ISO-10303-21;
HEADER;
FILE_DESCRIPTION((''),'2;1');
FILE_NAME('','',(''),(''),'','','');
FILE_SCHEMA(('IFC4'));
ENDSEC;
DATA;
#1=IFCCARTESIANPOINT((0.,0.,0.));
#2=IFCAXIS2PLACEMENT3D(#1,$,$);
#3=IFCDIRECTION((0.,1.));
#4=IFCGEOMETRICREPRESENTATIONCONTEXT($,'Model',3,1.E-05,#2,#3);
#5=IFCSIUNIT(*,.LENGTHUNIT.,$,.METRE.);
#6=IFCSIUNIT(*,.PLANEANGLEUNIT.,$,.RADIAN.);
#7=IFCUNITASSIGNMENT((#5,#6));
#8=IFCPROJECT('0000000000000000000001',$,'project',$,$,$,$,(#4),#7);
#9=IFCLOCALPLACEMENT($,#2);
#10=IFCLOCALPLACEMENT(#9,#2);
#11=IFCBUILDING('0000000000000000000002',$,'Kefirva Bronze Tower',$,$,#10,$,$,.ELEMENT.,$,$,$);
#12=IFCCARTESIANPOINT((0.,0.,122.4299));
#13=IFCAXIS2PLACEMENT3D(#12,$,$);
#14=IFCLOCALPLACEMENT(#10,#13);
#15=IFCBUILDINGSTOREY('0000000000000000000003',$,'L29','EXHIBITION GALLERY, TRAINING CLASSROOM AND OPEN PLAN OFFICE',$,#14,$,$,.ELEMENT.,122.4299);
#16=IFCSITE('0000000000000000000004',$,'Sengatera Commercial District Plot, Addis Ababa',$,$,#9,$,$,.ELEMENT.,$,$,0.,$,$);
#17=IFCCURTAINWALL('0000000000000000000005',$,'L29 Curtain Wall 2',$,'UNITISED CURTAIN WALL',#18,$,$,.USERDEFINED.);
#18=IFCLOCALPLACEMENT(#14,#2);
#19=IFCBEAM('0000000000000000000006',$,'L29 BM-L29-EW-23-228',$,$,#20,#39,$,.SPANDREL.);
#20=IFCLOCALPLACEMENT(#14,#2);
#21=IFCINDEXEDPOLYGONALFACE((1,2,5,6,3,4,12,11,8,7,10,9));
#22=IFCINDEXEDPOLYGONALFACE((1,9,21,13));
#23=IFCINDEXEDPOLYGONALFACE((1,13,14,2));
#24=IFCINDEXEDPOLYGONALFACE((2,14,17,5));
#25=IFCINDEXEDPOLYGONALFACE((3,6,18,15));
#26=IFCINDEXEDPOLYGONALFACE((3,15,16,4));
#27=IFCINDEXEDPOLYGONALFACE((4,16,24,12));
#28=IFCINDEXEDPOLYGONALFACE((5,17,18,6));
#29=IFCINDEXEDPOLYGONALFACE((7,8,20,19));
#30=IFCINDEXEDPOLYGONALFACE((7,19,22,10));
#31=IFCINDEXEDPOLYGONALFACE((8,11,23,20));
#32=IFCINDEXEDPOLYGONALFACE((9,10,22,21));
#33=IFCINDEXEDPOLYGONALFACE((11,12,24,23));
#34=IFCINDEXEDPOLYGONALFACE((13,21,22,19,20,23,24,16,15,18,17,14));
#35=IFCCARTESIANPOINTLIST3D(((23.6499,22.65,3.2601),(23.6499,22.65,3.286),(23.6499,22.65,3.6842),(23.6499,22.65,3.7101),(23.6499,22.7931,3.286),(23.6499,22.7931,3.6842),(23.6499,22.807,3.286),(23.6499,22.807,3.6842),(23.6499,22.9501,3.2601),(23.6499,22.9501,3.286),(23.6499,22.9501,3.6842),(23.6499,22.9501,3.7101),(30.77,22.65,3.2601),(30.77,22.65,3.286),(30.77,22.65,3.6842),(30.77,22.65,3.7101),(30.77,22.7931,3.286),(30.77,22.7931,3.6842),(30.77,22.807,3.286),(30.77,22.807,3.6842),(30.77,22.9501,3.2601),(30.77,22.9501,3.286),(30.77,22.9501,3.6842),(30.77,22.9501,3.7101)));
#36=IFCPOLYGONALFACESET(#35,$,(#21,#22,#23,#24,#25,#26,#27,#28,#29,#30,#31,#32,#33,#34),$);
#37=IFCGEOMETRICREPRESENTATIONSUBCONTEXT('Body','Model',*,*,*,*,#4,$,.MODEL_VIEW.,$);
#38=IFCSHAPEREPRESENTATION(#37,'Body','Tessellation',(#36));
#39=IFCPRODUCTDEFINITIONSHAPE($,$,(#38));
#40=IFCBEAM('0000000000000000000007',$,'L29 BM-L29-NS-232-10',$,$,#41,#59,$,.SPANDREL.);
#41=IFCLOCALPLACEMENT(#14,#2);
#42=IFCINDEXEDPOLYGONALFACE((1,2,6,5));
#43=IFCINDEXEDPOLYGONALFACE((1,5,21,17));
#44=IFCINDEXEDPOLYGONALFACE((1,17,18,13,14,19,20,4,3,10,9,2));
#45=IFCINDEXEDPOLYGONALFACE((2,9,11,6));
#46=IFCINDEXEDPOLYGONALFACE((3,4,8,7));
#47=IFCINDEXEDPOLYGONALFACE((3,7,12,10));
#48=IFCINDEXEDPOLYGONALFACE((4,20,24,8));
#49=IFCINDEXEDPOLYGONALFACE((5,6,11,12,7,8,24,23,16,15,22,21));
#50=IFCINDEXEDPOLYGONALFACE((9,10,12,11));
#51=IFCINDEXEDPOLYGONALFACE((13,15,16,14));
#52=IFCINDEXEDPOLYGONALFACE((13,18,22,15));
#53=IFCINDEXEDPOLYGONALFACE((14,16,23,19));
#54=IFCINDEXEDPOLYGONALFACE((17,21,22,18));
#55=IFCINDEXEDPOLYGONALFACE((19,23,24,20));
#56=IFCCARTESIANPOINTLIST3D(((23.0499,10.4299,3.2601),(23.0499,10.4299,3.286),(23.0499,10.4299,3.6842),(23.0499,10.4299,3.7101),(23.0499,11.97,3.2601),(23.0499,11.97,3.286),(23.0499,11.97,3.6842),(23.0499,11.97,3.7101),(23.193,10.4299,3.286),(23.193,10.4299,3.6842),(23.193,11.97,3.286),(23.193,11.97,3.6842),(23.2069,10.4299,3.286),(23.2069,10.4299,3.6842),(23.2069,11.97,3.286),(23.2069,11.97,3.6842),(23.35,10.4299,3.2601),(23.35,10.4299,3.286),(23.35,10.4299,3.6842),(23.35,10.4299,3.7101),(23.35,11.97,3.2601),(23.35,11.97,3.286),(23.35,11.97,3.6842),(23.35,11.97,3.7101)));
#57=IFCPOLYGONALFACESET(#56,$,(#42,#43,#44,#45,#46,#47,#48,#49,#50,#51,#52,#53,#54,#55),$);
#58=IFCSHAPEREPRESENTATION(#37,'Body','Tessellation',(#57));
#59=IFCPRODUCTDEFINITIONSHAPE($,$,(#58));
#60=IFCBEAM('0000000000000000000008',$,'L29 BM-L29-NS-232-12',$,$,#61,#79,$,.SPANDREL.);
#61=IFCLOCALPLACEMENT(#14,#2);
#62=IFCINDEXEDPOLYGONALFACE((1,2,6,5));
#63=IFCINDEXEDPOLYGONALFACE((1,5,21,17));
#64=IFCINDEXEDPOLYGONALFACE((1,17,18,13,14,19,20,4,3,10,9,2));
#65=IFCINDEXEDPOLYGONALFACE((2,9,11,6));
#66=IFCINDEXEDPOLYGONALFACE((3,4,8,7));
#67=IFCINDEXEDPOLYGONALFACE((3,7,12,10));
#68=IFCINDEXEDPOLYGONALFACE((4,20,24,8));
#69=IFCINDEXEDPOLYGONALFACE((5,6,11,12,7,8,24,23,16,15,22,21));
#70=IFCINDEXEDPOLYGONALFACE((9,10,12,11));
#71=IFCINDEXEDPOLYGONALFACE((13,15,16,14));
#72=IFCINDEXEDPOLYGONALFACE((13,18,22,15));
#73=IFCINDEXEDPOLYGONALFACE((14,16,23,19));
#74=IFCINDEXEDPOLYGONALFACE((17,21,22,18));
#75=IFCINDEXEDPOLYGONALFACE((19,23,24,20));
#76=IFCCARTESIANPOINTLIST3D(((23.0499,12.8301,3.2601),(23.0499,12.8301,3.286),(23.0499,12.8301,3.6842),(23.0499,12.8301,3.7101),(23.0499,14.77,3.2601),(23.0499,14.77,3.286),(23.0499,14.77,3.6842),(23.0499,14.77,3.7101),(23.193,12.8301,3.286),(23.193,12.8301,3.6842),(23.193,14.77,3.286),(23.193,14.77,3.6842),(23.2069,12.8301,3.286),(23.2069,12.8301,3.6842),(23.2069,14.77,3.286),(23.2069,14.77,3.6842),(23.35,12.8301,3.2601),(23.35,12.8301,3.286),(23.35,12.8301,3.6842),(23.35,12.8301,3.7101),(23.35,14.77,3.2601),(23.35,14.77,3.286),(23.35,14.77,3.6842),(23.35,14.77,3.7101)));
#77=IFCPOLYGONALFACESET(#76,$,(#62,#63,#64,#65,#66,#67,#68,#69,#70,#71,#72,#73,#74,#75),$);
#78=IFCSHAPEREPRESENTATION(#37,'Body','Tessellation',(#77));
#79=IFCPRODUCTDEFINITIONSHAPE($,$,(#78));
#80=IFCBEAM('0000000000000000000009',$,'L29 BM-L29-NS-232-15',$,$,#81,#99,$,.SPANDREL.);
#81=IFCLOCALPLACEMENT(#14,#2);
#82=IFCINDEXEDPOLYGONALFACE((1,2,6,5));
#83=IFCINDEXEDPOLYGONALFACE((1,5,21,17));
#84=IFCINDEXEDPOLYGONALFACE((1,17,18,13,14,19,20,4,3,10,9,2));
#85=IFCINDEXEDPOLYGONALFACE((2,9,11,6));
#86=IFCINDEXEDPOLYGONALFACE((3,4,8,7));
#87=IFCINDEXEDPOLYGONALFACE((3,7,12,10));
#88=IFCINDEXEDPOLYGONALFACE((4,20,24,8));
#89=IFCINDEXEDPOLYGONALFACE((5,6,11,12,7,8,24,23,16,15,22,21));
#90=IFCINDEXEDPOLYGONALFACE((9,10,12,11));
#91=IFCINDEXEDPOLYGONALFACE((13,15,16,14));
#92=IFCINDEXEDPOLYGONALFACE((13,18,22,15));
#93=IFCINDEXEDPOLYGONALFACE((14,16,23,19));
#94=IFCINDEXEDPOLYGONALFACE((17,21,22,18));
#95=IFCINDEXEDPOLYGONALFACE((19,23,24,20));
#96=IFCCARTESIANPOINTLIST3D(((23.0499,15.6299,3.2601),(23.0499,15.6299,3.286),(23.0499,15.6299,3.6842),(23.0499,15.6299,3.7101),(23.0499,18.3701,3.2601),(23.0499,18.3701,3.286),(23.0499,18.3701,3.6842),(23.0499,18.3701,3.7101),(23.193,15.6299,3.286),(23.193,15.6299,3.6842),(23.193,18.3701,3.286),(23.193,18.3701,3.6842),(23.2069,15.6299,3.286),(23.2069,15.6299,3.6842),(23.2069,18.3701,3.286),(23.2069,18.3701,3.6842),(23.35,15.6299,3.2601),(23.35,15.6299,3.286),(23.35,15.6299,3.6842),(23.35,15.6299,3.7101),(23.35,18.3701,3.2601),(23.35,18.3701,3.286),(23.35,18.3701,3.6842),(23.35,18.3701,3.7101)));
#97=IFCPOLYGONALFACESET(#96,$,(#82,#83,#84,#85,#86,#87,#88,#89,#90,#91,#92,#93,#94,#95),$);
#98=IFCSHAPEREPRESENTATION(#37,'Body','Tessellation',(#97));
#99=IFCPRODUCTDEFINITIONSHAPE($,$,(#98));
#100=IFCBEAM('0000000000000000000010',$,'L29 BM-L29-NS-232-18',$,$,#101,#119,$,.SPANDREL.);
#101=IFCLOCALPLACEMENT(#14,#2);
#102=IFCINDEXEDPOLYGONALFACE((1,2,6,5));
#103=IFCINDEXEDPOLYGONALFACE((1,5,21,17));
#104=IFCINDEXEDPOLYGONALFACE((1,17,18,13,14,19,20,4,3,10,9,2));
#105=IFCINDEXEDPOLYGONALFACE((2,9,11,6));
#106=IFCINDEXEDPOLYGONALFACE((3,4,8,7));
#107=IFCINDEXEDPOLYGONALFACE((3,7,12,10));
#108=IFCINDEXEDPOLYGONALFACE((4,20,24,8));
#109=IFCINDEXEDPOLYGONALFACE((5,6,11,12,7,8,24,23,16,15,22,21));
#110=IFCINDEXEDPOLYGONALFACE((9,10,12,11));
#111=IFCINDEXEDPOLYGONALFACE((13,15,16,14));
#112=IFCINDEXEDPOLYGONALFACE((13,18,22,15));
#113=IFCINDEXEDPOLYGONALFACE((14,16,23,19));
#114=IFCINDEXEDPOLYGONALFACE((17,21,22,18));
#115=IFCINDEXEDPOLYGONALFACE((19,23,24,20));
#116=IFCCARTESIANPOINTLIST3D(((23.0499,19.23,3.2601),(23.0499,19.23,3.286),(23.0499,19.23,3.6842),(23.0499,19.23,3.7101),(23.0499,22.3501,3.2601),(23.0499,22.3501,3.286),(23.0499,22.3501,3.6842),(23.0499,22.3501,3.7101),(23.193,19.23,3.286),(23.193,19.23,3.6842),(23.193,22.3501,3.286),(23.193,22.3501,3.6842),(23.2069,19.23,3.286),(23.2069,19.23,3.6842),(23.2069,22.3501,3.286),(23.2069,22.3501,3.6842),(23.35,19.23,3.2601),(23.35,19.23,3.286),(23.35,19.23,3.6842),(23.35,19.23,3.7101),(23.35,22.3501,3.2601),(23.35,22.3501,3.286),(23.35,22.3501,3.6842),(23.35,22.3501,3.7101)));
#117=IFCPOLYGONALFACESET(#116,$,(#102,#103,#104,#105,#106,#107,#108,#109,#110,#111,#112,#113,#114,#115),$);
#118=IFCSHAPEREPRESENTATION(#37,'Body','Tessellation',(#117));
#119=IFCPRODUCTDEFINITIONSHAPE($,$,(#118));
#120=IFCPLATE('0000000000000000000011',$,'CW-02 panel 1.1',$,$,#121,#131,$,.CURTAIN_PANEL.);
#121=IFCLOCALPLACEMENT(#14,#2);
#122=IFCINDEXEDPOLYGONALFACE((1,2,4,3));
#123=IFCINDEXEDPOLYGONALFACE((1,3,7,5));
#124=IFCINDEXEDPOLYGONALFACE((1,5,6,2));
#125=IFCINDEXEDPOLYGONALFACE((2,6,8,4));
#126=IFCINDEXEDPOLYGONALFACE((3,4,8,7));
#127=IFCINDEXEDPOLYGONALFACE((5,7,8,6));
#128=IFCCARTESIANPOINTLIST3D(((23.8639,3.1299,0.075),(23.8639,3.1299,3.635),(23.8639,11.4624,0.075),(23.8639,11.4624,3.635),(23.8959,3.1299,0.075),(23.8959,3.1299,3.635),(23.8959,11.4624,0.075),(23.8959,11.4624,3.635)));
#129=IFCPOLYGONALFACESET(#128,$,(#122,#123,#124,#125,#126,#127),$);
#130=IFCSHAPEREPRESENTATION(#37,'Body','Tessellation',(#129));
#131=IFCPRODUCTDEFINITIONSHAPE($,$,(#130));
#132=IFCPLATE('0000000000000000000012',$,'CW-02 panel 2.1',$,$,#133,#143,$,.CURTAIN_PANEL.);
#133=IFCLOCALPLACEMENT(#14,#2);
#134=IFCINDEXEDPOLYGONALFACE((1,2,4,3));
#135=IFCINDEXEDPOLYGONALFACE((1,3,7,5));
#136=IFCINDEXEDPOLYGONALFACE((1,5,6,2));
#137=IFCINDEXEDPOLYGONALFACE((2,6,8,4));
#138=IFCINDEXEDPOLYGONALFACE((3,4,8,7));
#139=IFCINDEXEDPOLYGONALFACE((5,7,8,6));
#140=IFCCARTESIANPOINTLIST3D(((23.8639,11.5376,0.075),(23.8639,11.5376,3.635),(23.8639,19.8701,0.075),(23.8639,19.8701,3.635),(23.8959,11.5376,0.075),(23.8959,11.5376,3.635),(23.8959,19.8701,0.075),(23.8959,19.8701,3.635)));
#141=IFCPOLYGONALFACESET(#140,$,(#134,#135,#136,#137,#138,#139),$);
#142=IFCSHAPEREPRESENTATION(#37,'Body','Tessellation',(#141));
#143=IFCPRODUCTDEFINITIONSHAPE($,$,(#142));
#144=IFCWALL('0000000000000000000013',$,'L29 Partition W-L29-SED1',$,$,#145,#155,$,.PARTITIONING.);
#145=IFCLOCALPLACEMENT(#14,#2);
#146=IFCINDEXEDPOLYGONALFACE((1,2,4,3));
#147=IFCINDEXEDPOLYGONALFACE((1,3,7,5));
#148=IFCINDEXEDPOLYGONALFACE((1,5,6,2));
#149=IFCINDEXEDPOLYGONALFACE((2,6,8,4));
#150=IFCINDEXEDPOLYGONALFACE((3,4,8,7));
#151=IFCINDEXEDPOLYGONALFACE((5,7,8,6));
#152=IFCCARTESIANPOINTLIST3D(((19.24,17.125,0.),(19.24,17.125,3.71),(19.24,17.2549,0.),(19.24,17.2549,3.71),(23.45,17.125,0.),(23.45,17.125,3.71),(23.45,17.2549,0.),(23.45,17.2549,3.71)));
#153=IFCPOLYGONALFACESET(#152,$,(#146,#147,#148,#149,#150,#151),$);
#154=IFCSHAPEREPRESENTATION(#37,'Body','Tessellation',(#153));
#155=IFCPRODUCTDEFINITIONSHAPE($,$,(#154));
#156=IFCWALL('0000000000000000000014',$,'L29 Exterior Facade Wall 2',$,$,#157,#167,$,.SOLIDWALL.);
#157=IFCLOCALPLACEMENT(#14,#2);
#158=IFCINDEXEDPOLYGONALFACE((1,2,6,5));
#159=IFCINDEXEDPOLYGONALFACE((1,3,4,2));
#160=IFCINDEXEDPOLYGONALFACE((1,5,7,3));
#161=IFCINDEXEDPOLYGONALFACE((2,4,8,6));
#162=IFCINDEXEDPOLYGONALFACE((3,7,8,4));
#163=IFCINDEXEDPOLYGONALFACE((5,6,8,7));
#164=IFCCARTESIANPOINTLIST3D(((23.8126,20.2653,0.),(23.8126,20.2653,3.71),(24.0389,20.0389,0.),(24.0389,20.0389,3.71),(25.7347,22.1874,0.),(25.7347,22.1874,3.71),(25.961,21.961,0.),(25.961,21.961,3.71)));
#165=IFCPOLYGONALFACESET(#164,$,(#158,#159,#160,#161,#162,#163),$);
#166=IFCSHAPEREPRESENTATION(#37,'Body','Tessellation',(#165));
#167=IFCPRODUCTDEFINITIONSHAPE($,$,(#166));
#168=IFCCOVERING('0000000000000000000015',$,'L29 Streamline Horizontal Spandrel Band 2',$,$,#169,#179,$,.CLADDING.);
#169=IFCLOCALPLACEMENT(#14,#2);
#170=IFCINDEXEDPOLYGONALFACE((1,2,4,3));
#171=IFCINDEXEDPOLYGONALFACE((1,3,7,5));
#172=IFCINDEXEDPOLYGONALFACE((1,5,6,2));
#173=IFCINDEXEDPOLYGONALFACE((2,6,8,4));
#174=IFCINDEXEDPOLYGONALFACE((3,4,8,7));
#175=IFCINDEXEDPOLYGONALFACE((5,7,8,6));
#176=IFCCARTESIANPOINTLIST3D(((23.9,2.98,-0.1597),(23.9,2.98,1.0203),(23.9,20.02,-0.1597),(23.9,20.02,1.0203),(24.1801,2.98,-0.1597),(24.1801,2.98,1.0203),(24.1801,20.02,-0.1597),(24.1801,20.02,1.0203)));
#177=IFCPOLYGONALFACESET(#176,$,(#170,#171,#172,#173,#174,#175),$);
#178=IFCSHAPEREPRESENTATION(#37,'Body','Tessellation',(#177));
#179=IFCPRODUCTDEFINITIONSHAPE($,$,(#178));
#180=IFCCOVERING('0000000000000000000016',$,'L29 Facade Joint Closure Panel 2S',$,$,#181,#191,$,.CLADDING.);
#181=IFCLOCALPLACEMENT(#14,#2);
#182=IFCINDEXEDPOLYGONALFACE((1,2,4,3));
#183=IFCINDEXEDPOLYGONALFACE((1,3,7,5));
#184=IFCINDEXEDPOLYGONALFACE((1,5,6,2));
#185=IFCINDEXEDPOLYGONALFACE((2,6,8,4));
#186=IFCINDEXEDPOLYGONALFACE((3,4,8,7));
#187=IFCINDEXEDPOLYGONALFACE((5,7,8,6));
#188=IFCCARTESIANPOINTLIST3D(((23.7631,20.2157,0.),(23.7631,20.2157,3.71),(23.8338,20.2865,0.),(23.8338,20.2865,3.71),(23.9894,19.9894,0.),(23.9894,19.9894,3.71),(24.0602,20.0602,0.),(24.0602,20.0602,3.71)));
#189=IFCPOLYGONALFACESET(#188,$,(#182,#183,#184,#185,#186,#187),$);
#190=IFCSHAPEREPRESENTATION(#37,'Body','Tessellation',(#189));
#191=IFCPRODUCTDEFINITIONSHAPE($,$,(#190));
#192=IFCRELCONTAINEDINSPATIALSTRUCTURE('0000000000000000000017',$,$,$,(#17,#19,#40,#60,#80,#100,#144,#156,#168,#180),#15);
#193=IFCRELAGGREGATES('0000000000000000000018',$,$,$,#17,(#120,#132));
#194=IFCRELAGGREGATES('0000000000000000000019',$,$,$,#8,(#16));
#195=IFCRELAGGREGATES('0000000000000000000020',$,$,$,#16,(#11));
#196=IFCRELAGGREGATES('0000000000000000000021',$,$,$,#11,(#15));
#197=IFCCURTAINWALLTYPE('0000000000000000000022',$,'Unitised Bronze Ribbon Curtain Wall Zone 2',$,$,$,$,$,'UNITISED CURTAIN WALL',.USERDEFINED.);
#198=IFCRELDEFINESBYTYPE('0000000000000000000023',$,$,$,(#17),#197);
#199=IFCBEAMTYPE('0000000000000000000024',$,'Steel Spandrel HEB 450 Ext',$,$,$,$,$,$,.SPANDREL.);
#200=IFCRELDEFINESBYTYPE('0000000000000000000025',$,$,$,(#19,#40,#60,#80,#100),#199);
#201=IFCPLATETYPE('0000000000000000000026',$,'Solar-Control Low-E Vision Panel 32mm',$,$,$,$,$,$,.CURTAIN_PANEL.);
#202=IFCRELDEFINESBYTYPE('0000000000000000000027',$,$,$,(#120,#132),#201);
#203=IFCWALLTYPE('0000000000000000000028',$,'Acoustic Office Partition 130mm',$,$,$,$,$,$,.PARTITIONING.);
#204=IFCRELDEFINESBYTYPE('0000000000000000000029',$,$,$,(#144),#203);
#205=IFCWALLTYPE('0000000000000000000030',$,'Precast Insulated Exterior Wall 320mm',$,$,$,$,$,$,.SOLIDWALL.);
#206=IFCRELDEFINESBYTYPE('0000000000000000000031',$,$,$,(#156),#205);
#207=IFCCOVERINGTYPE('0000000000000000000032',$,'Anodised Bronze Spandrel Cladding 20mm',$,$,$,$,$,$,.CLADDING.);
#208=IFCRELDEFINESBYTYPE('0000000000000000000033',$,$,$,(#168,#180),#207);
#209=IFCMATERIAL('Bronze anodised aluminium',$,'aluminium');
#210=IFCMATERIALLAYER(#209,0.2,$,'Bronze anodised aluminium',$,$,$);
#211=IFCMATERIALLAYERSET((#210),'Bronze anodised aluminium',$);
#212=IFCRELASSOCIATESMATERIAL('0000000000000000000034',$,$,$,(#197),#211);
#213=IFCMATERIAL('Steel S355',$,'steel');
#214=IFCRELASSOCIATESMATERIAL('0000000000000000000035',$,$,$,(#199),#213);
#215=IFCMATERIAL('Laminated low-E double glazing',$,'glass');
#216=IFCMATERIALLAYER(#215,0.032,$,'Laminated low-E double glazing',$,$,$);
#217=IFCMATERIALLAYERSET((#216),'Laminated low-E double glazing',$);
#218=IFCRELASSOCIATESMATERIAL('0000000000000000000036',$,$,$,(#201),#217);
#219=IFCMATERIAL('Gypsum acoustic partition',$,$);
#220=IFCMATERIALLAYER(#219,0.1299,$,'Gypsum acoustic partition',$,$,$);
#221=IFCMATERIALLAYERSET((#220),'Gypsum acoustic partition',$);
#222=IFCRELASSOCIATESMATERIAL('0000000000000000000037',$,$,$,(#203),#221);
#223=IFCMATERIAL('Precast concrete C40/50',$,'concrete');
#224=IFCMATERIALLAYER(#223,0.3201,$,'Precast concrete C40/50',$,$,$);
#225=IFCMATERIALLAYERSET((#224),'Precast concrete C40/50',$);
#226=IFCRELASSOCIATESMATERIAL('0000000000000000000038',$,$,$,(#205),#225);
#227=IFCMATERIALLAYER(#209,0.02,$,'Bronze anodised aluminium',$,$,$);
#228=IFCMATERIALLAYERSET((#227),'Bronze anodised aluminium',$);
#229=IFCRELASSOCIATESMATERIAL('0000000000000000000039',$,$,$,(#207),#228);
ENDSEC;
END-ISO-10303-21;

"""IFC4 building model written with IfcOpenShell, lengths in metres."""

from ifc_helpers import new_model, si_unit, direction, frame, frame_2d, origin, origin_2d, place, context, subcontext, project, spatial, rectangle, i_section, extrude, material, layer, layer_set, material_profile, profile_set, type_object, element, aggregate, save


model = new_model("IFC4")

# Units and contexts
model_context = context("Model", 3, precision=1e-05, world=origin(), true_north=direction((0.0, 1.0)))
body_context = subcontext(model_context, "Body", "Model", "MODEL_VIEW")
ifc_project = project(units=[si_unit("LENGTHUNIT", "METRE"), si_unit("PLANEANGLEUNIT", "RADIAN")], contexts=[model_context])

# Site, building, storey
site_placement = place(None, origin())
site = spatial("IfcSite", under=ifc_project, at=site_placement, Name="Sengatera Commercial District Plot, Addis Ababa", CompositionType="ELEMENT", RefElevation=0.0)
building_placement = place(site_placement, origin())
building = spatial("IfcBuilding", under=site, at=building_placement, Name="Kefirva Bronze Tower", CompositionType="ELEMENT")
storey_placement = place(building_placement, frame((0.0, 0.0, 122.4299)))
storey = spatial("IfcBuildingStorey", under=building, at=storey_placement, Name="L29", Description="EXHIBITION GALLERY, TRAINING CLASSROOM AND OPEN PLAN OFFICE", CompositionType="ELEMENT", Elevation=122.4299)

# Curtain wall
ifc_material_1 = material(Name="Bronze anodised aluminium", Category="aluminium")
ifc_layer_1 = layer(ifc_material_1, 0.2, Name="Bronze anodised aluminium")
ifc_layer_set_1 = layer_set([ifc_layer_1], Name="Bronze anodised aluminium")
curtain_wall_type = type_object("IfcCurtainWallType", Name="Unitised Bronze Ribbon Curtain Wall Zone 2", ElementType="UNITISED CURTAIN WALL", PredefinedType="USERDEFINED", material=ifc_layer_set_1)
curtain_wall_placement = place(storey_placement, origin())
curtain_wall = element("IfcCurtainWall", 1, at=curtain_wall_placement, inside=storey, type_object=curtain_wall_type, Name="L29 Curtain Wall 2", ObjectType="UNITISED CURTAIN WALL", PredefinedType="USERDEFINED")

# Beams
ifc_material_2 = material(Name="Steel S355", Category="steel")
ifc_material_profile_1 = material_profile(ifc_material_2, i_section(OverallWidth=0.3, OverallDepth=0.45, WebThickness=0.0139, FlangeThickness=0.0259, at=origin_2d()), Name="HEB 450")
ifc_profile_set_1 = profile_set([ifc_material_profile_1], Name="Steel S355")
beam_type_1 = type_object("IfcBeamType", Name="Steel Spandrel HEB 450 Ext", PredefinedType="SPANDREL", material=ifc_profile_set_1)
beam_1_placement = place(storey_placement, frame((23.6499, 22.8, 3.4851), z_axis=(1.0, 0.0, 0.0), x_axis=(0.0, 1.0, 0.0)))
element("IfcBeam", 2, at=beam_1_placement, inside=storey, type_object=beam_type_1, Name="L29 BM-L29-EW-23-228", PredefinedType="SPANDREL", context=body_context, shape_type="SweptSolid", body=[
    extrude(i_section(OverallWidth=0.3, OverallDepth=0.45, WebThickness=0.0139, FlangeThickness=0.0259, at=origin_2d()), origin(), (0.0, 0.0, 1.0), 7.1201),
])
beam_2_placement = place(storey_placement, frame((23.2, 10.4299, 3.4851), z_axis=(0.0, 1.0, 0.0), x_axis=(-1.0, 0.0, 0.0)))
element("IfcBeam", 3, at=beam_2_placement, inside=storey, type_object=beam_type_1, Name="L29 BM-L29-NS-232-10", PredefinedType="SPANDREL", context=body_context, shape_type="SweptSolid", body=[
    extrude(i_section(OverallWidth=0.3, OverallDepth=0.45, WebThickness=0.0139, FlangeThickness=0.0259, at=origin_2d()), origin(), (0.0, 0.0, 1.0), 1.54),
])
beam_3_placement = place(storey_placement, frame((23.2, 12.8301, 3.4851), z_axis=(0.0, 1.0, 0.0), x_axis=(-1.0, 0.0, 0.0)))
element("IfcBeam", 4, at=beam_3_placement, inside=storey, type_object=beam_type_1, Name="L29 BM-L29-NS-232-12", PredefinedType="SPANDREL", context=body_context, shape_type="SweptSolid", body=[
    extrude(i_section(OverallWidth=0.3, OverallDepth=0.45, WebThickness=0.0139, FlangeThickness=0.0259, at=origin_2d()), origin(), (0.0, 0.0, 1.0), 1.9399),
])
beam_4_placement = place(storey_placement, frame((23.2, 15.6299, 3.4851), z_axis=(0.0, 1.0, 0.0), x_axis=(-1.0, 0.0, 0.0)))
element("IfcBeam", 5, at=beam_4_placement, inside=storey, type_object=beam_type_1, Name="L29 BM-L29-NS-232-15", PredefinedType="SPANDREL", context=body_context, shape_type="SweptSolid", body=[
    extrude(i_section(OverallWidth=0.3, OverallDepth=0.45, WebThickness=0.0139, FlangeThickness=0.0259, at=origin_2d()), origin(), (0.0, 0.0, 1.0), 2.7402),
])
beam_5_placement = place(storey_placement, frame((23.2, 19.23, 3.4851), z_axis=(0.0, 1.0, 0.0), x_axis=(-1.0, 0.0, 0.0)))
element("IfcBeam", 6, at=beam_5_placement, inside=storey, type_object=beam_type_1, Name="L29 BM-L29-NS-232-18", PredefinedType="SPANDREL", context=body_context, shape_type="SweptSolid", body=[
    extrude(i_section(OverallWidth=0.3, OverallDepth=0.45, WebThickness=0.0139, FlangeThickness=0.0259, at=origin_2d()), origin(), (0.0, 0.0, 1.0), 3.1201),
])

# Plates
ifc_material_3 = material(Name="Laminated low-E double glazing", Category="glass")
ifc_layer_2 = layer(ifc_material_3, 0.032, Name="Laminated low-E double glazing")
ifc_layer_set_2 = layer_set([ifc_layer_2], Name="Laminated low-E double glazing")
plate_type = type_object("IfcPlateType", Name="Solar-Control Low-E Vision Panel 32mm", PredefinedType="CURTAIN_PANEL", material=ifc_layer_set_2)
plate_1_placement = place(storey_placement, frame((23.8799, 7.2961, 0.075), z_axis=(0.0, 0.0, 1.0), x_axis=(0.0, 1.0, 0.0)))
plate_1 = element("IfcPlate", 7, at=plate_1_placement, type_object=plate_type, Name="CW-02 panel 1.1", PredefinedType="CURTAIN_PANEL", context=body_context, shape_type="SweptSolid", body=[
    extrude(rectangle(XDim=8.3325, YDim=0.032, at=origin_2d()), origin(), (0.0, 0.0, 1.0), 3.5601),
])
plate_2_placement = place(storey_placement, frame((23.8799, 15.7039, 0.075), z_axis=(0.0, 0.0, 1.0), x_axis=(0.0, 1.0, 0.0)))
plate_2 = element("IfcPlate", 8, at=plate_2_placement, type_object=plate_type, Name="CW-02 panel 2.1", PredefinedType="CURTAIN_PANEL", context=body_context, shape_type="SweptSolid", body=[
    extrude(rectangle(XDim=8.3325, YDim=0.032, at=origin_2d()), origin(), (0.0, 0.0, 1.0), 3.5601),
])
aggregate(curtain_wall, [plate_1, plate_2])

# Walls
ifc_material_4 = material(Name="Gypsum acoustic partition")
ifc_layer_3 = layer(ifc_material_4, 0.1299, Name="Gypsum acoustic partition")
ifc_layer_set_3 = layer_set([ifc_layer_3], Name="Gypsum acoustic partition")
wall_type_1 = type_object("IfcWallType", Name="Acoustic Office Partition 130mm", PredefinedType="PARTITIONING", material=ifc_layer_set_3)
wall_1_placement = place(storey_placement, frame((19.24, 17.1899, 0.0), z_axis=(0.0, 0.0, 1.0), x_axis=(1.0, 0.0, 0.0)))
element("IfcWall", 9, at=wall_1_placement, inside=storey, type_object=wall_type_1, Name="L29 Partition W-L29-SED1", PredefinedType="PARTITIONING", context=body_context, shape_type="SweptSolid", body=[
    extrude(rectangle(XDim=4.21, YDim=0.1299, at=frame_2d((2.105, 0.0))), origin(), (0.0, 0.0, 1.0), 3.71),
])
ifc_material_5 = material(Name="Precast concrete C40/50", Category="concrete")
ifc_layer_4 = layer(ifc_material_5, 0.3201, Name="Precast concrete C40/50")
ifc_layer_set_4 = layer_set([ifc_layer_4], Name="Precast concrete C40/50")
wall_type_2 = type_object("IfcWallType", Name="Precast Insulated Exterior Wall 320mm", PredefinedType="SOLIDWALL", material=ifc_layer_set_4)
wall_2_placement = place(storey_placement, frame((23.9258, 20.1521, 0.0), z_axis=(0.0, 0.0, 1.0), x_axis=(0.707107, 0.707107, 0.0)))
element("IfcWall", 10, at=wall_2_placement, inside=storey, type_object=wall_type_2, Name="L29 Exterior Facade Wall 2", PredefinedType="SOLIDWALL", context=body_context, shape_type="SweptSolid", body=[
    extrude(rectangle(XDim=2.7183, YDim=0.3201, at=frame_2d((1.3591, 0.0))), origin(), (0.0, 0.0, 1.0), 3.71),
])

# Coverings
ifc_layer_5 = layer(ifc_material_1, 0.02, Name="Bronze anodised aluminium")
ifc_layer_set_5 = layer_set([ifc_layer_5], Name="Bronze anodised aluminium")
covering_type_1 = type_object("IfcCoveringType", Name="Anodised Bronze Spandrel Cladding 20mm", PredefinedType="CLADDING", material=ifc_layer_set_5)
covering_1_placement = place(storey_placement, frame((24.04, 11.5, -0.1597), z_axis=(0.0, 0.0, 1.0), x_axis=(0.0, 1.0, 0.0)))
element("IfcCovering", 11, at=covering_1_placement, inside=storey, type_object=covering_type_1, Name="L29 Streamline Horizontal Spandrel Band 2", PredefinedType="CLADDING", context=body_context, shape_type="SweptSolid", body=[
    extrude(rectangle(XDim=17.04, YDim=0.28, at=origin_2d()), origin(), (0.0, 0.0, 1.0), 1.1799),
])
covering_2_placement = place(storey_placement, frame((23.9116, 20.1379, 0.0), z_axis=(0.0, 0.0, 1.0), x_axis=(0.707107, 0.707107, 0.0)))
element("IfcCovering", 12, at=covering_2_placement, inside=storey, type_object=covering_type_1, Name="L29 Facade Joint Closure Panel 2S", PredefinedType="CLADDING", context=body_context, shape_type="SweptSolid", body=[
    extrude(rectangle(XDim=0.1001, YDim=0.3201, at=origin_2d()), origin(), (0.0, 0.0, 1.0), 3.71),
])

save(model, "model.ifc")
